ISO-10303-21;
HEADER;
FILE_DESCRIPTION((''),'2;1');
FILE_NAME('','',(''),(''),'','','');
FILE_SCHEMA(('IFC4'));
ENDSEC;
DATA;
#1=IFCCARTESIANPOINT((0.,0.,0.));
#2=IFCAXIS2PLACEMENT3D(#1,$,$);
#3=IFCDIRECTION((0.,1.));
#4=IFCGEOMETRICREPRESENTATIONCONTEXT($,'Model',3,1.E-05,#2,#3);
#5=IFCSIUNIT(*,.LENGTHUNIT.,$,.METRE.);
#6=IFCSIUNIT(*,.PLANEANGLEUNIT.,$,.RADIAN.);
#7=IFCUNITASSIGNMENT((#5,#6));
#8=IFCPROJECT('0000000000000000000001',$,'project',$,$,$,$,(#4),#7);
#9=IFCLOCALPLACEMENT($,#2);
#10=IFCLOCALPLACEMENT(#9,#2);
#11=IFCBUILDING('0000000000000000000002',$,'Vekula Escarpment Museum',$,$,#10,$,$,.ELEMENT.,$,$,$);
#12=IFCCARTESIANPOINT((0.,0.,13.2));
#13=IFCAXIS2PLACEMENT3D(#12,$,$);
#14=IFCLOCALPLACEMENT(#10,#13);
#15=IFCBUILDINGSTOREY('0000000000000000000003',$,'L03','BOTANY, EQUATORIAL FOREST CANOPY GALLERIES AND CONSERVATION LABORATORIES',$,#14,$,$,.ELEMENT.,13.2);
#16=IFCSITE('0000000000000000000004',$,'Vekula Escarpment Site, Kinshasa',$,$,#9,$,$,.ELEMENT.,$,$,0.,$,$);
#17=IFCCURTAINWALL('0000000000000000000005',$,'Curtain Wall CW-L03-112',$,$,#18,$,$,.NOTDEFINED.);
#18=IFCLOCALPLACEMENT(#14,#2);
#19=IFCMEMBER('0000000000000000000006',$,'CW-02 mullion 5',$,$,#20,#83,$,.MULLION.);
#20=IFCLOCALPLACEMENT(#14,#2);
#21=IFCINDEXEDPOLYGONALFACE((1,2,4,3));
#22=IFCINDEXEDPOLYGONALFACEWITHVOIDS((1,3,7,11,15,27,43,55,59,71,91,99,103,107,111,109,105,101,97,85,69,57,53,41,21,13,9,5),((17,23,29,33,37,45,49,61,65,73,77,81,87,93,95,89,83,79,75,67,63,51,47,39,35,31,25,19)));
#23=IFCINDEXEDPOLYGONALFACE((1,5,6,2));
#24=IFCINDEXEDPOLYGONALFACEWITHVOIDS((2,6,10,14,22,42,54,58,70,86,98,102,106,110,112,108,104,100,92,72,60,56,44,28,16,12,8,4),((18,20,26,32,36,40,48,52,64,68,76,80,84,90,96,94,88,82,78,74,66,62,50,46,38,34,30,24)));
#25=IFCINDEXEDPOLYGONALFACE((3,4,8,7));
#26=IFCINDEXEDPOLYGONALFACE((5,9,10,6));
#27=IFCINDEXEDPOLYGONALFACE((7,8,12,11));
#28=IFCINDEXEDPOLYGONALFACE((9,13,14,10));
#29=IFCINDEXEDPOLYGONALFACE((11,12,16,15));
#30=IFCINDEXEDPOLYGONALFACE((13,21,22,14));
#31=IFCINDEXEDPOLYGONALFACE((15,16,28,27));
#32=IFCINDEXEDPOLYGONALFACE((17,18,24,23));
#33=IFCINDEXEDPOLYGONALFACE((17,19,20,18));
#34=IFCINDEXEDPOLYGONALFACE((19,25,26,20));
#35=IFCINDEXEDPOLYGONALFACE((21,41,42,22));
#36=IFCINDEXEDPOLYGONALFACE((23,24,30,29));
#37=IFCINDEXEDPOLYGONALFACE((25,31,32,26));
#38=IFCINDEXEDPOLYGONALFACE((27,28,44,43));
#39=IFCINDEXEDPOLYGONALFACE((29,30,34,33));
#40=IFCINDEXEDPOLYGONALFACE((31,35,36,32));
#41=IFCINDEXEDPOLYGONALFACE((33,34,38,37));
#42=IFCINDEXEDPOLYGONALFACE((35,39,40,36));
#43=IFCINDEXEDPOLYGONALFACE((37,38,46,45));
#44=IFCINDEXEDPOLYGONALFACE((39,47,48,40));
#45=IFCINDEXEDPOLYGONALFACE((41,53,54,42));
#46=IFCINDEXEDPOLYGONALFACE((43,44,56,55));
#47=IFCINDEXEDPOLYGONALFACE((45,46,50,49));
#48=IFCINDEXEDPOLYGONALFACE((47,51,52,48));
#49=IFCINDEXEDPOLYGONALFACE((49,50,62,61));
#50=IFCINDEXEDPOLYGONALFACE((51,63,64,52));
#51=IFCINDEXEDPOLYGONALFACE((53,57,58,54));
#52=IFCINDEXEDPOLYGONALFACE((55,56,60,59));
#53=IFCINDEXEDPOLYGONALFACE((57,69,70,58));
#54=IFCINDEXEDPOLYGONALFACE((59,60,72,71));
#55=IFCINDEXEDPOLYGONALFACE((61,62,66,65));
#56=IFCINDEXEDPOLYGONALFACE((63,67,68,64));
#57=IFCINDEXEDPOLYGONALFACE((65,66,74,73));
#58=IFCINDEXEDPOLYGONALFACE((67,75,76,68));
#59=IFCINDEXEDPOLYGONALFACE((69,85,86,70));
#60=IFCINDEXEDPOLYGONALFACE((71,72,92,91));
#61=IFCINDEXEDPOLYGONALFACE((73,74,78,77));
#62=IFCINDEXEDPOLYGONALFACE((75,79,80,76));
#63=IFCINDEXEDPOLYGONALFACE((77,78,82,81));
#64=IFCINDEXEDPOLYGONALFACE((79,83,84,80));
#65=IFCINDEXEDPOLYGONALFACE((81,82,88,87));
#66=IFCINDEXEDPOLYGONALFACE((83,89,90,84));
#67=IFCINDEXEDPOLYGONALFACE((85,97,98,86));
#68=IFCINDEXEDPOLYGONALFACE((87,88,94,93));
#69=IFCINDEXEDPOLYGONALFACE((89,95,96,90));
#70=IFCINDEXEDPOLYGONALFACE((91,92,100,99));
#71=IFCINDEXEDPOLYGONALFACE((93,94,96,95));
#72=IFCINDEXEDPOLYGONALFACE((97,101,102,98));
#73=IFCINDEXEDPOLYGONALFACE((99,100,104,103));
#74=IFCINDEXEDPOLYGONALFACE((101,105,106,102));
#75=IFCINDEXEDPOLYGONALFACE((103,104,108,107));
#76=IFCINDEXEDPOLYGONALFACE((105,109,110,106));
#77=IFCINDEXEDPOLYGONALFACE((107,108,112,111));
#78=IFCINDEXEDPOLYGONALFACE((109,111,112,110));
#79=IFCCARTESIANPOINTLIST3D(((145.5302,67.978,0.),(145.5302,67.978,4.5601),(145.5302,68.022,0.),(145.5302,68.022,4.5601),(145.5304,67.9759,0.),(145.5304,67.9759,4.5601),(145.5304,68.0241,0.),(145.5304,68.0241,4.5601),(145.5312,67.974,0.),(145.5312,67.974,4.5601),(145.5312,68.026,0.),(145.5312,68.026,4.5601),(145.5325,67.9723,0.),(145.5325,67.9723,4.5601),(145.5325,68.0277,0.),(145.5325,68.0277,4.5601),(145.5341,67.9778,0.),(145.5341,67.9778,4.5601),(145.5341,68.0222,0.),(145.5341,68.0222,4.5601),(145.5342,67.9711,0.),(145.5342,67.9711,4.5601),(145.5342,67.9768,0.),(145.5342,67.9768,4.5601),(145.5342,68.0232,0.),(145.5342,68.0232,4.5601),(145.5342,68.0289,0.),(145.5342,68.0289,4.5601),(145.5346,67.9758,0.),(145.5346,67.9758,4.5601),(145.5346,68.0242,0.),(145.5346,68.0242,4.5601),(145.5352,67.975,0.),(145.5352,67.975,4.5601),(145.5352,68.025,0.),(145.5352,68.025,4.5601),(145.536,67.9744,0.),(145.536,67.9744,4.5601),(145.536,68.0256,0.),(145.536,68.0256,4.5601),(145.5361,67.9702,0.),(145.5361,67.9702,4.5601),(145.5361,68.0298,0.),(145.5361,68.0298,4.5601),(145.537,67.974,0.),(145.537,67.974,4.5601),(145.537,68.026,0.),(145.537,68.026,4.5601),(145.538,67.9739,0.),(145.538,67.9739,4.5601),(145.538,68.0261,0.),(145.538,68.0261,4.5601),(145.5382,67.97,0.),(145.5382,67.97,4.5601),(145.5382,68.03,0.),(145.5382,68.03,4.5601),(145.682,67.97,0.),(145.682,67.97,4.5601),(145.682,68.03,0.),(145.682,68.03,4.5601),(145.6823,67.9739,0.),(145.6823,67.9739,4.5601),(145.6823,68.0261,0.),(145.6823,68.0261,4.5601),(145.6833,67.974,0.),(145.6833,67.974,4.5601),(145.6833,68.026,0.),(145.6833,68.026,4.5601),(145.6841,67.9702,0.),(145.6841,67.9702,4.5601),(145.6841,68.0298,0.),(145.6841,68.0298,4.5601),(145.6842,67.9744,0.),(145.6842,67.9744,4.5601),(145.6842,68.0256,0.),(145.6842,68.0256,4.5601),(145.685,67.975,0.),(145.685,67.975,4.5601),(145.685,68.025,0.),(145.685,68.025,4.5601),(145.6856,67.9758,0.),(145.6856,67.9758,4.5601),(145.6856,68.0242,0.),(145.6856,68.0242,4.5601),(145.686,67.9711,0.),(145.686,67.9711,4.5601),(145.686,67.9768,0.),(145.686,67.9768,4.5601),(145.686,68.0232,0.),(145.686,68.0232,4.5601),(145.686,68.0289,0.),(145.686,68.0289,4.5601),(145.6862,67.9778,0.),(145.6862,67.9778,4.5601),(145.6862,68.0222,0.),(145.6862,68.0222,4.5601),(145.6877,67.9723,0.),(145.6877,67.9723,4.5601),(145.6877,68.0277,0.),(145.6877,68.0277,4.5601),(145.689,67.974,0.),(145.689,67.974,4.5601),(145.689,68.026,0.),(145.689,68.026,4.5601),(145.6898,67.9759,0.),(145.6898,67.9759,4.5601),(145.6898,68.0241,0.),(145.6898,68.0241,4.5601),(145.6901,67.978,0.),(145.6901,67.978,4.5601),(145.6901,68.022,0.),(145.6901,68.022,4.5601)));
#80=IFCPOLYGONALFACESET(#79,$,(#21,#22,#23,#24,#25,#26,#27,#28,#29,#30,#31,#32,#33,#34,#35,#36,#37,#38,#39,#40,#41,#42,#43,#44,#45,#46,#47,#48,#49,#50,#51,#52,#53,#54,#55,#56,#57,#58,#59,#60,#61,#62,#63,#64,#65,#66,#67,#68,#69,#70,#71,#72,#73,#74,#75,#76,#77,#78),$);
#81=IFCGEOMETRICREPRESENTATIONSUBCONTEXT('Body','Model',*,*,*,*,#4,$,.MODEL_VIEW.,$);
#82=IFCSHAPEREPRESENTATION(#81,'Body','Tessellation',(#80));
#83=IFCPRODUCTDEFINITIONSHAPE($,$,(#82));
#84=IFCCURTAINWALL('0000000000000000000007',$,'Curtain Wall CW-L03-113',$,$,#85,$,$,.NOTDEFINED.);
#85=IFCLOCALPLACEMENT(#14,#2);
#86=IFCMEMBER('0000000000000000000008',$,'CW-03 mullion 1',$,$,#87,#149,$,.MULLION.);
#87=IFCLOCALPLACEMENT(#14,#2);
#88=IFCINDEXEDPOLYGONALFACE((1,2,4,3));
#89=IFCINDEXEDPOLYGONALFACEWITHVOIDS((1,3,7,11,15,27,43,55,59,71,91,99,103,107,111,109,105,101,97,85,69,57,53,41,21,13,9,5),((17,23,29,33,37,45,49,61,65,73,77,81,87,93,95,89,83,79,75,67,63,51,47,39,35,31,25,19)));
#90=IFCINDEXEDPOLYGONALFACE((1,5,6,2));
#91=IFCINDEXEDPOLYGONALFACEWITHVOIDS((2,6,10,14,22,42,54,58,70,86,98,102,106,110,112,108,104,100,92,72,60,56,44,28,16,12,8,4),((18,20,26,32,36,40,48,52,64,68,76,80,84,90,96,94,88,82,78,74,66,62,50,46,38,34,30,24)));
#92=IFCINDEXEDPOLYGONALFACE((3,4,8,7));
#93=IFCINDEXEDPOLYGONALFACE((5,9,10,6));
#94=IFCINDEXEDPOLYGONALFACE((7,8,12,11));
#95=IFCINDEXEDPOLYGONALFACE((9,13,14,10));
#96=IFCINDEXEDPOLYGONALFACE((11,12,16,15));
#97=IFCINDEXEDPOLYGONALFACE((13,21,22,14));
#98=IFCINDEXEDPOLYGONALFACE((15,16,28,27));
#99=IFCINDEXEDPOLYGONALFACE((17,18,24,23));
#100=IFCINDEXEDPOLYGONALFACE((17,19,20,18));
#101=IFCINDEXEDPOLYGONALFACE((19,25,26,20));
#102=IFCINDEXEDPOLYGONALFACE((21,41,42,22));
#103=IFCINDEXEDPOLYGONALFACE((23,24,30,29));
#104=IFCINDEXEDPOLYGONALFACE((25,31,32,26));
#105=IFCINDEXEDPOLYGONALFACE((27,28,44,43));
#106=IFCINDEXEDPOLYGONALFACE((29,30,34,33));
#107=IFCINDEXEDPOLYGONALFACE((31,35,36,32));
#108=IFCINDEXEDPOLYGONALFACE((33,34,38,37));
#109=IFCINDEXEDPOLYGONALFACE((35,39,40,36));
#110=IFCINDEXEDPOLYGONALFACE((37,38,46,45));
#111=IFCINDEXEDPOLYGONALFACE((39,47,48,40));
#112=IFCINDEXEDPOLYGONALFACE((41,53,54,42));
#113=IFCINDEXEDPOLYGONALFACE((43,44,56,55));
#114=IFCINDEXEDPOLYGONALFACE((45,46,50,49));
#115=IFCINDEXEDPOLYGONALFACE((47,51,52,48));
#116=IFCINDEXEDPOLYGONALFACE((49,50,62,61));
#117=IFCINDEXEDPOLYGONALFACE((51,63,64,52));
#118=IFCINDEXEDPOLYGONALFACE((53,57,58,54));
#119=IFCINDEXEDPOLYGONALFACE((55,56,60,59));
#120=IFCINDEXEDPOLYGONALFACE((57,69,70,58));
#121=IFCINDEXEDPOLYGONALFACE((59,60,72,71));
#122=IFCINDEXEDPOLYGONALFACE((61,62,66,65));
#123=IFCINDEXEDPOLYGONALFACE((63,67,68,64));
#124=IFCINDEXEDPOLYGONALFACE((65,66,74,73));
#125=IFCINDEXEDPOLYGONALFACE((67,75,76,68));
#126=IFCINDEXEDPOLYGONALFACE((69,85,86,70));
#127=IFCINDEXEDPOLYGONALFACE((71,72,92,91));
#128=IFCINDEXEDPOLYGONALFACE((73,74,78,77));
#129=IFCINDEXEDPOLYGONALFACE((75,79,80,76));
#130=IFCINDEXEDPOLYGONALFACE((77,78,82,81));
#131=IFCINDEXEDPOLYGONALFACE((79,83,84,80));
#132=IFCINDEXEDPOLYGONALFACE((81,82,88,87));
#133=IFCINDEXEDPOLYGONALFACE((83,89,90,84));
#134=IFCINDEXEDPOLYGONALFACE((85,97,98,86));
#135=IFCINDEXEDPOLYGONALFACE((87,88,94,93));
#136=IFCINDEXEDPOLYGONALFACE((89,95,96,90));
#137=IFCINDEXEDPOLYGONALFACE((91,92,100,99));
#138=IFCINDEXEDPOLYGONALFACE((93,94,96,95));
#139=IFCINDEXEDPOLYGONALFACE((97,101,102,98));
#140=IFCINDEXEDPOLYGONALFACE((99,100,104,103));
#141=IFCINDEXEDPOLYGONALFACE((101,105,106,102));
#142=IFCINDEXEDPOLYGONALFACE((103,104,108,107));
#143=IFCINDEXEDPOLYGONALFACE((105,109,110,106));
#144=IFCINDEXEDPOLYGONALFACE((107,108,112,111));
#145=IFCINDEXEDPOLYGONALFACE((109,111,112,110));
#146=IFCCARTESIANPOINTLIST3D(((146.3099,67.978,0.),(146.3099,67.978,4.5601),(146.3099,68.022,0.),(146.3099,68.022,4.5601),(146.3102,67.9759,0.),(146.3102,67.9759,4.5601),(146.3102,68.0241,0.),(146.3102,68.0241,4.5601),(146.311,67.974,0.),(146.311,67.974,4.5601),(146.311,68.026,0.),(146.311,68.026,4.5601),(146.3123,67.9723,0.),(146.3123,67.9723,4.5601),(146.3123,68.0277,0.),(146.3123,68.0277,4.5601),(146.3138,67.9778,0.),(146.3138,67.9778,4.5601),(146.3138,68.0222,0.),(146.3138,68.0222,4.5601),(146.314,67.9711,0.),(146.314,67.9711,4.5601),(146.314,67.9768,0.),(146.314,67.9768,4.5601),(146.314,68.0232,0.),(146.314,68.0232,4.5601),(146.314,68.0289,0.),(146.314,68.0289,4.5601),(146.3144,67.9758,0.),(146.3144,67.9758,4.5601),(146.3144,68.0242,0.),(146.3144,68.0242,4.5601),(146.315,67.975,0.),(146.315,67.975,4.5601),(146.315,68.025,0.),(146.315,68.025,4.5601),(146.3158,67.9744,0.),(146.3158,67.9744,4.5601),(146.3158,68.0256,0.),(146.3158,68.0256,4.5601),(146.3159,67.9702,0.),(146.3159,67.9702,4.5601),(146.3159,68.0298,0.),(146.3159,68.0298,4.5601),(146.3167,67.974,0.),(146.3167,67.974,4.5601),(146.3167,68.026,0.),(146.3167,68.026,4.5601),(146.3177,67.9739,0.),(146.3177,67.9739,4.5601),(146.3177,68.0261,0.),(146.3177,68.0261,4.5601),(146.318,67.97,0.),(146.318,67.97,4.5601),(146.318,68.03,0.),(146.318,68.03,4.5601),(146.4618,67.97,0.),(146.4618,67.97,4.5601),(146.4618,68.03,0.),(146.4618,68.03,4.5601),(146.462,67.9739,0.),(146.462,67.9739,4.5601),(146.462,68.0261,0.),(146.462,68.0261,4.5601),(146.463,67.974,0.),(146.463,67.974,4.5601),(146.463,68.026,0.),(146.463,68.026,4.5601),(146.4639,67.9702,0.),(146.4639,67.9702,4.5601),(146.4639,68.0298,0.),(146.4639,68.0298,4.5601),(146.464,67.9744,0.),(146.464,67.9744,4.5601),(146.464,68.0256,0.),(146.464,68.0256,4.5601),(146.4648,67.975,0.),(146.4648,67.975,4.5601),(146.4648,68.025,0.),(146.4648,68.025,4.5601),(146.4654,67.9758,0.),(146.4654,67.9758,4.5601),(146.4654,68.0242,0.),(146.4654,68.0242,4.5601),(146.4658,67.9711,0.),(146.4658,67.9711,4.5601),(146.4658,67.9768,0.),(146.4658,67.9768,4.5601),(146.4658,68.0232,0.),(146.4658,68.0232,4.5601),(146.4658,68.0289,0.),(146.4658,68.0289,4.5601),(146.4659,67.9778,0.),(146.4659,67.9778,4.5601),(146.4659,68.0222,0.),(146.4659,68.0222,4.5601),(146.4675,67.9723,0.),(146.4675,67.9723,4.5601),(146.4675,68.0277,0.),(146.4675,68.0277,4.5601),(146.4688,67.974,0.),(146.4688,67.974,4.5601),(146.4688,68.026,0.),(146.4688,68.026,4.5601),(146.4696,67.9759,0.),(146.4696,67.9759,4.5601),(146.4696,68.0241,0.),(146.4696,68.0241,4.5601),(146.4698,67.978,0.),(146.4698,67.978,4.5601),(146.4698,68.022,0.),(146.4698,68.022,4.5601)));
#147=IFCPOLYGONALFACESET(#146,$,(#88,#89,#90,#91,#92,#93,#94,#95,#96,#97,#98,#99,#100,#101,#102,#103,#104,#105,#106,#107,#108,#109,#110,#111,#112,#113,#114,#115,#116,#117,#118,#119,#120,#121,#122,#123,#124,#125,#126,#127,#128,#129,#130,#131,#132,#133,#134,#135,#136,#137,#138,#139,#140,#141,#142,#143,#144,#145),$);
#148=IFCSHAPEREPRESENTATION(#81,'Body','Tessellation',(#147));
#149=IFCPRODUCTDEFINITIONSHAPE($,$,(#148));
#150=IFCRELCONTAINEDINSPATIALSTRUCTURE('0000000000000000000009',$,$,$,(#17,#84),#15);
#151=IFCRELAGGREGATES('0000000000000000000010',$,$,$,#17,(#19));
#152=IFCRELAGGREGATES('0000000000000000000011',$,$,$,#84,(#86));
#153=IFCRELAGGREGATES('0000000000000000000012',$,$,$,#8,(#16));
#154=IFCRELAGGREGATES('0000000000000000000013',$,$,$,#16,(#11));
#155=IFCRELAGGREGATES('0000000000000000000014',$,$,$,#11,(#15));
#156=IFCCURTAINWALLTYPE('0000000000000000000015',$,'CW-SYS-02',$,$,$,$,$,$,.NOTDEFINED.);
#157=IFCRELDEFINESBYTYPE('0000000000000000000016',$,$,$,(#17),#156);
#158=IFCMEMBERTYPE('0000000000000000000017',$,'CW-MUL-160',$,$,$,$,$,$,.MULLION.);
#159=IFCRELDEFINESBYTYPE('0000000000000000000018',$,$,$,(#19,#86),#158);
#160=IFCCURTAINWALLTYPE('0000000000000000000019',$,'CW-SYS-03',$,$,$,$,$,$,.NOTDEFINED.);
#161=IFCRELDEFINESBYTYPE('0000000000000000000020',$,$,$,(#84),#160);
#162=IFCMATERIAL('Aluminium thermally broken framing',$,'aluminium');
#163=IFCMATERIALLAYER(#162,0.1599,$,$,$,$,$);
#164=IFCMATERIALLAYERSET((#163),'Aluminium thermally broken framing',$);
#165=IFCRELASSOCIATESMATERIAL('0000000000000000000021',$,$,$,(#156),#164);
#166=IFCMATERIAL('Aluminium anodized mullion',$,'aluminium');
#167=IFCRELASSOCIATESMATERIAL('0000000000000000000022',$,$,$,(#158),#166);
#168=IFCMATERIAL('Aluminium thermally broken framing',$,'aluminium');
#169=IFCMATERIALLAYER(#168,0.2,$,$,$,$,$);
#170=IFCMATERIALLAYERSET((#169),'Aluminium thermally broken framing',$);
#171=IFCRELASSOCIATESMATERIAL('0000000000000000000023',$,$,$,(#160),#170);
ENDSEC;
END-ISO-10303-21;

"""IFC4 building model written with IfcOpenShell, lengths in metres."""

from ifc_helpers import new_model, si_unit, direction, frame, origin, origin_2d, place, context, subcontext, project, spatial, hollow_rectangle, extrude, material, layer, layer_set, material_profile, profile_set, type_object, element, aggregate, save


model = new_model("IFC4")

# Units and contexts
model_context = context("Model", 3, precision=1e-05, world=origin(), true_north=direction((0.0, 1.0)))
body_context = subcontext(model_context, "Body", "Model", "MODEL_VIEW")
ifc_project = project(units=[si_unit("LENGTHUNIT", "METRE"), si_unit("PLANEANGLEUNIT", "RADIAN")], contexts=[model_context])

# Site, building, storey
site_placement = place(None, origin())
site = spatial("IfcSite", under=ifc_project, at=site_placement, Name="Vekula Escarpment Site, Kinshasa", CompositionType="ELEMENT", RefElevation=0.0)
building_placement = place(site_placement, origin())
building = spatial("IfcBuilding", under=site, at=building_placement, Name="Vekula Escarpment Museum", CompositionType="ELEMENT")
storey_placement = place(building_placement, frame((0.0, 0.0, 13.2)))
storey = spatial("IfcBuildingStorey", under=building, at=storey_placement, Name="L03", Description="BOTANY, EQUATORIAL FOREST CANOPY GALLERIES AND CONSERVATION LABORATORIES", CompositionType="ELEMENT", Elevation=13.2)

# Curtain walls, members
ifc_material_1 = material(Name="Aluminium thermally broken framing", Category="aluminium")
ifc_layer_1 = layer(ifc_material_1, 0.1599)
ifc_layer_set_1 = layer_set([ifc_layer_1], Name="Aluminium thermally broken framing")
curtain_wall_type_1 = type_object("IfcCurtainWallType", Name="CW-SYS-02", PredefinedType="NOTDEFINED", material=ifc_layer_set_1)
curtain_wall_1_placement = place(storey_placement, origin())
curtain_wall_1 = element("IfcCurtainWall", 1, at=curtain_wall_1_placement, inside=storey, type_object=curtain_wall_type_1, Name="Curtain Wall CW-L03-112", PredefinedType="NOTDEFINED")
ifc_material_2 = material(Name="Aluminium anodized mullion", Category="aluminium")
ifc_material_profile_1 = material_profile(ifc_material_2, hollow_rectangle(XDim=0.0601, YDim=0.1599, WallThickness=0.0039, InnerFilletRadius=0.0039, OuterFilletRadius=0.0081, at=origin_2d()), Name="ALU 160x60x4")
ifc_profile_set_1 = profile_set([ifc_material_profile_1], Name="Aluminium anodized mullion")
member_type_1 = type_object("IfcMemberType", Name="CW-MUL-160", PredefinedType="MULLION", material=ifc_profile_set_1)
member_1_placement = place(storey_placement, frame((145.6101, 68.0, 0.0), z_axis=(0.0, 0.0, 1.0), x_axis=(0.0, 1.0, 0.0)))
member_1 = element("IfcMember", 2, at=member_1_placement, type_object=member_type_1, Name="CW-02 mullion 5", PredefinedType="MULLION", context=body_context, shape_type="SweptSolid", body=[
    extrude(hollow_rectangle(XDim=0.0601, YDim=0.1599, WallThickness=0.0039, InnerFilletRadius=0.0039, OuterFilletRadius=0.0081, at=origin_2d()), origin(), (0.0, 0.0, 1.0), 4.5601),
])
ifc_material_3 = material(Name="Aluminium thermally broken framing", Category="aluminium")
ifc_layer_2 = layer(ifc_material_3, 0.2)
ifc_layer_set_2 = layer_set([ifc_layer_2], Name="Aluminium thermally broken framing")
curtain_wall_type_2 = type_object("IfcCurtainWallType", Name="CW-SYS-03", PredefinedType="NOTDEFINED", material=ifc_layer_set_2)
curtain_wall_2_placement = place(storey_placement, origin())
curtain_wall_2 = element("IfcCurtainWall", 3, at=curtain_wall_2_placement, inside=storey, type_object=curtain_wall_type_2, Name="Curtain Wall CW-L03-113", PredefinedType="NOTDEFINED")
member_2_placement = place(storey_placement, frame((146.3899, 68.0, 0.0), z_axis=(0.0, 0.0, 1.0), x_axis=(0.0, 1.0, 0.0)))
member_2 = element("IfcMember", 4, at=member_2_placement, type_object=member_type_1, Name="CW-03 mullion 1", PredefinedType="MULLION", context=body_context, shape_type="SweptSolid", body=[
    extrude(hollow_rectangle(XDim=0.0601, YDim=0.1599, WallThickness=0.0039, InnerFilletRadius=0.0039, OuterFilletRadius=0.0081, at=origin_2d()), origin(), (0.0, 0.0, 1.0), 4.5601),
])

aggregate(curtain_wall_1, [member_1])
aggregate(curtain_wall_2, [member_2])

save(model, "model.ifc")
